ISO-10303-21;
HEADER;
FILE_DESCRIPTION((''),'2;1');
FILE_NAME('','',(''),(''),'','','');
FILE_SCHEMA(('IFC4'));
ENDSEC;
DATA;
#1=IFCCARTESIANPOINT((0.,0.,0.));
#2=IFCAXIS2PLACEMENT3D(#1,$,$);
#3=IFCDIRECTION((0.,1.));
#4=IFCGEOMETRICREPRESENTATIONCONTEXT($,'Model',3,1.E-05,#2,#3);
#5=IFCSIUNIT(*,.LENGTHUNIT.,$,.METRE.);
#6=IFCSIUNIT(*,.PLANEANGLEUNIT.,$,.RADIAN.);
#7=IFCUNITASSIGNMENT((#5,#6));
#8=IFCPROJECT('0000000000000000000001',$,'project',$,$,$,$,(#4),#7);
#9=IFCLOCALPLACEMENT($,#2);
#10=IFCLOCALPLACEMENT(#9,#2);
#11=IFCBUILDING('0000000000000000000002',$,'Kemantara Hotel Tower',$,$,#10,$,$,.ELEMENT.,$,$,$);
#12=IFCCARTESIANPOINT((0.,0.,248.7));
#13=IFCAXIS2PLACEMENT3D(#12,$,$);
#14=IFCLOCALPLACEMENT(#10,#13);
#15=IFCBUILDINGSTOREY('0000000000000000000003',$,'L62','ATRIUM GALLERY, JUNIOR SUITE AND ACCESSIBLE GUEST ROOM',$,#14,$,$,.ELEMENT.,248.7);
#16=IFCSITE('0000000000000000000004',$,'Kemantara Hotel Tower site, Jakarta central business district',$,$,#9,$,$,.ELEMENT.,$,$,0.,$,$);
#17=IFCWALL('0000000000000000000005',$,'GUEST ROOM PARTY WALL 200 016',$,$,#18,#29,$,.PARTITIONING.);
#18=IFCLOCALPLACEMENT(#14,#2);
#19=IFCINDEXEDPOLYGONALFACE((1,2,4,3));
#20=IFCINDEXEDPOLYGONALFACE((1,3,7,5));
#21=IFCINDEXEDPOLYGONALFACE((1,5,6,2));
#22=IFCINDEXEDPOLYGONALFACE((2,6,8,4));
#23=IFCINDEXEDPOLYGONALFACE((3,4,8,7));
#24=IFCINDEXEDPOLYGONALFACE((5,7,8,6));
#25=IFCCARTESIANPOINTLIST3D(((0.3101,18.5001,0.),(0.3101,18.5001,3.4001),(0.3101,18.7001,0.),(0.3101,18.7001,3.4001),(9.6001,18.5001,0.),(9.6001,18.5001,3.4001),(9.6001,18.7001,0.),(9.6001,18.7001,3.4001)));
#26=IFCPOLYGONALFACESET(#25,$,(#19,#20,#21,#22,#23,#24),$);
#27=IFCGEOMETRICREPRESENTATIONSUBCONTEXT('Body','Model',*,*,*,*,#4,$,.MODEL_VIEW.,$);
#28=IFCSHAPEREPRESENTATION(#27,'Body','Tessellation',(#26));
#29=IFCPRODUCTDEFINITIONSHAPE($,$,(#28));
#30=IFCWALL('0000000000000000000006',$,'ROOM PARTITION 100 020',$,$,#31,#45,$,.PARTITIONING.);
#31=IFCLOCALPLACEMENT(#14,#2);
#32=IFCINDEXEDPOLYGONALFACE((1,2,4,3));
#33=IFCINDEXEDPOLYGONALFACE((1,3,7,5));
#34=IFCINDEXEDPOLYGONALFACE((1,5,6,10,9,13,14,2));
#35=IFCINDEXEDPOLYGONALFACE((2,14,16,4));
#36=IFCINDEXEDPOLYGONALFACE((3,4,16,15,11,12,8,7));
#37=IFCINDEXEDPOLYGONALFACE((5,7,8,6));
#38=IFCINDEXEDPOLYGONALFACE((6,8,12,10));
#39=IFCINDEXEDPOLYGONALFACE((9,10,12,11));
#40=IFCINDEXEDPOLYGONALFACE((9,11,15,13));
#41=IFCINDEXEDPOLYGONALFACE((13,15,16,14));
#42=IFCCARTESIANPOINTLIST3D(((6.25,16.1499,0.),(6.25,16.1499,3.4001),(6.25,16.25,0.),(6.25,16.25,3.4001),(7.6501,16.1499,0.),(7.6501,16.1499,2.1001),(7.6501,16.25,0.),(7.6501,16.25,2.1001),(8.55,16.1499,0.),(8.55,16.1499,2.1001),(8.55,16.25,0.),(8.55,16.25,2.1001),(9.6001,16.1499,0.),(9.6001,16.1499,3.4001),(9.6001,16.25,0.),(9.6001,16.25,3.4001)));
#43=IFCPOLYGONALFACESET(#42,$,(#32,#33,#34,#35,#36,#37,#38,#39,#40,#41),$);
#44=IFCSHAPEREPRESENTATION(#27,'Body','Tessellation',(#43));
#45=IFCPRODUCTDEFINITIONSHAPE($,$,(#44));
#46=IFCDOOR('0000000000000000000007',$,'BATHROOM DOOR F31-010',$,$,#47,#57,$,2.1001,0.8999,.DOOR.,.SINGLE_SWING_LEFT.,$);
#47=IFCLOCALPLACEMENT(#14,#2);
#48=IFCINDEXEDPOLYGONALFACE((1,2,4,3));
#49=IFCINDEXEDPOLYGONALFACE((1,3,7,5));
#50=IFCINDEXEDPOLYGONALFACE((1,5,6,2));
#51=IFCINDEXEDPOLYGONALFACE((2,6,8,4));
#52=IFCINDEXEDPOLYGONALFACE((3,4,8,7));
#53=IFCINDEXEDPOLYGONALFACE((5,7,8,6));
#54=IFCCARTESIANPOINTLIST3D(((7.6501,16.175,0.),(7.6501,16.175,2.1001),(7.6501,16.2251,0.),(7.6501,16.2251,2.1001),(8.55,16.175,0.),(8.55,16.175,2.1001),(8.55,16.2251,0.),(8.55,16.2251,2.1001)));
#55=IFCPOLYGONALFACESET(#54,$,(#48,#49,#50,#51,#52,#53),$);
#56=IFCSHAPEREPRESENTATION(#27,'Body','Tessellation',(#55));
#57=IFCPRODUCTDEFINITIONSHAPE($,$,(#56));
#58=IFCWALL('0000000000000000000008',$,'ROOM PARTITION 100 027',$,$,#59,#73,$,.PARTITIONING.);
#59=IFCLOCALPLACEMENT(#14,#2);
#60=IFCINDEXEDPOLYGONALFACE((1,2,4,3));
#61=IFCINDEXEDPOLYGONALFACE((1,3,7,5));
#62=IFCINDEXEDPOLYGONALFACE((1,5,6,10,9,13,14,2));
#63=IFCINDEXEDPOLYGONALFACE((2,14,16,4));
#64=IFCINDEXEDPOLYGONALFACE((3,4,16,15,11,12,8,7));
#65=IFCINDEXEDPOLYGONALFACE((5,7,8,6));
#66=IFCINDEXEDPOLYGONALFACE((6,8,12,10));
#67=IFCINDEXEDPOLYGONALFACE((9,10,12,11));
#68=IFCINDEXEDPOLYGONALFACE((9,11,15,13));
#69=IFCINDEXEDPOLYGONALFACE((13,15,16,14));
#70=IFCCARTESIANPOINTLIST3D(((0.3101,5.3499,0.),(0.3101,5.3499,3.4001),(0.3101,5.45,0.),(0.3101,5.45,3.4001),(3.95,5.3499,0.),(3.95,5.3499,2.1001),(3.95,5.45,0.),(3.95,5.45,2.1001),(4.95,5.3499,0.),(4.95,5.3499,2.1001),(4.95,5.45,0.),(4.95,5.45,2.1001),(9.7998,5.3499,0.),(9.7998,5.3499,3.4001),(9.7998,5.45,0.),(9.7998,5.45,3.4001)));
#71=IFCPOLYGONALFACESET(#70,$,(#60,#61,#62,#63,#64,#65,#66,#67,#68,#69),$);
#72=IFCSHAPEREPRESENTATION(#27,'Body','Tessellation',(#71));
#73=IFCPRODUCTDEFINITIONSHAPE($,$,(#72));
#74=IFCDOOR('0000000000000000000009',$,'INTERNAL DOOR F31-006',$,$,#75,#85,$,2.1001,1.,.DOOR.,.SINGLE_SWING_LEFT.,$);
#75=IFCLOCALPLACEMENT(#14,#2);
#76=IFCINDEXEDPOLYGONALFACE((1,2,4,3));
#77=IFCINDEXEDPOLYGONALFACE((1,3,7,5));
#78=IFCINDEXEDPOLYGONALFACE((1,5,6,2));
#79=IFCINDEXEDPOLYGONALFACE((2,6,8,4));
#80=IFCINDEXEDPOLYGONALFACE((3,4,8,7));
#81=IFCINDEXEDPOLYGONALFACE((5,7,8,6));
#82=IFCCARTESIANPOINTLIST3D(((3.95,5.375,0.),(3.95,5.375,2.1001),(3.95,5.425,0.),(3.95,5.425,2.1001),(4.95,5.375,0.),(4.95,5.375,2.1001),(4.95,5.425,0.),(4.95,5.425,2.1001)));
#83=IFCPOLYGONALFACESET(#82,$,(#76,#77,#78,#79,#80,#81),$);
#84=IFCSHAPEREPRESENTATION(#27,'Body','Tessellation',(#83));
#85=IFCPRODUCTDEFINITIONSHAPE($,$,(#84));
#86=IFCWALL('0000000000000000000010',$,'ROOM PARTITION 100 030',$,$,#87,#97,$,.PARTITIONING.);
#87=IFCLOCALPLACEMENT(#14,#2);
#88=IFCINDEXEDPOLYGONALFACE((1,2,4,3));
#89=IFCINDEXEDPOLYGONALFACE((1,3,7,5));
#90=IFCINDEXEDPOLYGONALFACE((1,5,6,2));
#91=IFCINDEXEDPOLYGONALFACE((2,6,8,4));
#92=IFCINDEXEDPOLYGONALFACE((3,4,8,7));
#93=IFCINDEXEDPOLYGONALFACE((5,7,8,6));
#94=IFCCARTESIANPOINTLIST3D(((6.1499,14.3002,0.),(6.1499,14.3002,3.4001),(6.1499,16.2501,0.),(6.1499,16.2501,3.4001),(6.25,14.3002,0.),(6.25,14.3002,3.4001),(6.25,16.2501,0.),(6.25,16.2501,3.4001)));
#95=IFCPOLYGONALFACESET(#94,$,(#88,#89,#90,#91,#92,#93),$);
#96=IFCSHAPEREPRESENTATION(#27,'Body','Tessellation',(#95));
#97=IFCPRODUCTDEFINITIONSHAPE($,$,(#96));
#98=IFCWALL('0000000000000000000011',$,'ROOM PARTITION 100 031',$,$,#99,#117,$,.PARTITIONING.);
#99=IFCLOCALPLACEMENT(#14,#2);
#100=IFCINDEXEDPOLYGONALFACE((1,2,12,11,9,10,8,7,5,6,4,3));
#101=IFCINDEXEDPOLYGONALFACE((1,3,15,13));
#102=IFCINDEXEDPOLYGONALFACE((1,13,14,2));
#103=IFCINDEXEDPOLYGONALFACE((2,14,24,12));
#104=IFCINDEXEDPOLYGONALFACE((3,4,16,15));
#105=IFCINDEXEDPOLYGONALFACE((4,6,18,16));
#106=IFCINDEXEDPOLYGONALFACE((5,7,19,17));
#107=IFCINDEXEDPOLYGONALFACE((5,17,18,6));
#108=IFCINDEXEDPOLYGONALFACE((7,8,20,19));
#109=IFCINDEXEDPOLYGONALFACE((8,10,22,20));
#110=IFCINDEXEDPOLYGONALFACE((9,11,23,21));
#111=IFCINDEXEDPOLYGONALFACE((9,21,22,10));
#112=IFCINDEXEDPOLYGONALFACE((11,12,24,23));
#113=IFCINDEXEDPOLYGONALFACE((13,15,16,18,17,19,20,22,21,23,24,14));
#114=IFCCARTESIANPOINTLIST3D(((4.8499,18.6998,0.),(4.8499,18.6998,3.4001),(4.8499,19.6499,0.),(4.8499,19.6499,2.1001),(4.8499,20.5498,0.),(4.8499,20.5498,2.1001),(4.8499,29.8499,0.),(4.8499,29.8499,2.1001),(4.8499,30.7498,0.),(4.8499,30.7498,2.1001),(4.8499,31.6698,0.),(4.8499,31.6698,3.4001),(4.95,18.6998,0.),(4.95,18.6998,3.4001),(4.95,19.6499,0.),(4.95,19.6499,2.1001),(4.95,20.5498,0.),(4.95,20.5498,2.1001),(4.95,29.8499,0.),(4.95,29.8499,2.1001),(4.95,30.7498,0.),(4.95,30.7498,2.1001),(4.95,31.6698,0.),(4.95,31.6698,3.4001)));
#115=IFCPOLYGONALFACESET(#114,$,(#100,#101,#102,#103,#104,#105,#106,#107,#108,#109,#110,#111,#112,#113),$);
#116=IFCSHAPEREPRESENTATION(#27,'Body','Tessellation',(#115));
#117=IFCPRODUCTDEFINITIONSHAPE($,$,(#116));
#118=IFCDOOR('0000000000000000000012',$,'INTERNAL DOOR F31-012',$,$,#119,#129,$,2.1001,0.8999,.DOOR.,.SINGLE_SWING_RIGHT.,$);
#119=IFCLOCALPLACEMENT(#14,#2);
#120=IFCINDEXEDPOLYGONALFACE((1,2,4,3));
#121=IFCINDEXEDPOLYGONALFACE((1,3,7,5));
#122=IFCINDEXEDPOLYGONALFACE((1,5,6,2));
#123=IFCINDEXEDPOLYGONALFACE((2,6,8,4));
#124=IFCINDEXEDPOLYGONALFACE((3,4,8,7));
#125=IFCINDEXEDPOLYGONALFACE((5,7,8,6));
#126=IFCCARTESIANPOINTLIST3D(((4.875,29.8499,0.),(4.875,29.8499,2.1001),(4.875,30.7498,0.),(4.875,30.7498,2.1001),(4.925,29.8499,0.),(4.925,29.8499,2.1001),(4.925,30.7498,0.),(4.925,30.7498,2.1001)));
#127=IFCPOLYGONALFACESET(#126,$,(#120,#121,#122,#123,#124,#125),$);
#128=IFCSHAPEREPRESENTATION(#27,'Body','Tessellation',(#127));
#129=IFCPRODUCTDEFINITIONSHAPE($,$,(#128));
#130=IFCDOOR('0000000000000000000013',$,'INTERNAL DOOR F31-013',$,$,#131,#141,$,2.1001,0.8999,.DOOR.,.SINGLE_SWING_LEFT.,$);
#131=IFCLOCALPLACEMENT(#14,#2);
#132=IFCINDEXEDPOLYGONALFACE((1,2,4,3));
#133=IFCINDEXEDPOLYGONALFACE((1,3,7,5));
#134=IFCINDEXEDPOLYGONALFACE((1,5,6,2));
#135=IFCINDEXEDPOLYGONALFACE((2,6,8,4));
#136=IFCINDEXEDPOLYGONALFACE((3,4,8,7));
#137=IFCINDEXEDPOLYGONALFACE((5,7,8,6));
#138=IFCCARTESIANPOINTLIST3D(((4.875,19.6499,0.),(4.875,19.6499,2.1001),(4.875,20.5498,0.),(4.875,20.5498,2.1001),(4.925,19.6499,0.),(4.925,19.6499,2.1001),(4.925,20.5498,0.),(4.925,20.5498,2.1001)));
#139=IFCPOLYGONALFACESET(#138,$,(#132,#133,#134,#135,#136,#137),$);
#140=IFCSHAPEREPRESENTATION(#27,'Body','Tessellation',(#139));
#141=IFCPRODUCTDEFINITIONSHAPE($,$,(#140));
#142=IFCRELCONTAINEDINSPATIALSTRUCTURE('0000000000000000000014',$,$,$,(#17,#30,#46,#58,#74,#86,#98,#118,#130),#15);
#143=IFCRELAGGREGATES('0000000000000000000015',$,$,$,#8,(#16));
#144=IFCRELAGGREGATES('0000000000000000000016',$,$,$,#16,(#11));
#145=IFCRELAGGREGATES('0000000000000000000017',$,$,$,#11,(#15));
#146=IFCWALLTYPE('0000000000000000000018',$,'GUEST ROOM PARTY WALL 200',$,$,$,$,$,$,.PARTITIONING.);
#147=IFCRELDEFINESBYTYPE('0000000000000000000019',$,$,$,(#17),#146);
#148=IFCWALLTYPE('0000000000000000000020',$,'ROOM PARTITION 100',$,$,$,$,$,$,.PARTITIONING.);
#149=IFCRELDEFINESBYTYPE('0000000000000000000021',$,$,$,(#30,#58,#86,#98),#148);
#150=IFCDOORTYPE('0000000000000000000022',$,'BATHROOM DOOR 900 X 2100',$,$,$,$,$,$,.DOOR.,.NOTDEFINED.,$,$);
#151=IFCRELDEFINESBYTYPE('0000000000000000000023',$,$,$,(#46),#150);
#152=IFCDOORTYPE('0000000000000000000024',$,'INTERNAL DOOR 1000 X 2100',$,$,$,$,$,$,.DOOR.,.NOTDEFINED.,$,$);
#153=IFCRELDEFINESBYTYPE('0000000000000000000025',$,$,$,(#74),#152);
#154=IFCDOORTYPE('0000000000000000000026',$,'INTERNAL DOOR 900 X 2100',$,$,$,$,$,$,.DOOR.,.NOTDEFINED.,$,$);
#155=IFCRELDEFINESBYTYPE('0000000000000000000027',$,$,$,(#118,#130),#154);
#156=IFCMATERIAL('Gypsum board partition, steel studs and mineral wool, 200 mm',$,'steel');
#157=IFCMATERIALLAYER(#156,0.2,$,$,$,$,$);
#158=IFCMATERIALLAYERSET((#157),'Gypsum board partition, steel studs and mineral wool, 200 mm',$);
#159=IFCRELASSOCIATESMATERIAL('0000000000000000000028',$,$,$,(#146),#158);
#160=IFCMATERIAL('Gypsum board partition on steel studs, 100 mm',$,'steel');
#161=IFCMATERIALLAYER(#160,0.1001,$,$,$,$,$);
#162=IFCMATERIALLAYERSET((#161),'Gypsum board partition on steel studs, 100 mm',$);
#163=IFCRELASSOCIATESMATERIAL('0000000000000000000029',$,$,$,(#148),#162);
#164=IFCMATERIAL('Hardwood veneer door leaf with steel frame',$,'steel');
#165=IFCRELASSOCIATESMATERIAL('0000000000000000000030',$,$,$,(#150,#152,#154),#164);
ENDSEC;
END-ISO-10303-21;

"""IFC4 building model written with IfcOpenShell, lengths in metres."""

from ifc_helpers import new_model, si_unit, direction, frame, frame_2d, origin, place, context, subcontext, project, spatial, rectangle, extrude, material, layer, layer_set, type_object, element, fill, save


model = new_model("IFC4")

# Units and contexts
model_context = context("Model", 3, precision=1e-05, world=origin(), true_north=direction((0.0, 1.0)))
body_context = subcontext(model_context, "Body", "Model", "MODEL_VIEW")
ifc_project = project(units=[si_unit("LENGTHUNIT", "METRE"), si_unit("PLANEANGLEUNIT", "RADIAN")], contexts=[model_context])

# Site, building, storey
site_placement = place(None, origin())
site = spatial("IfcSite", under=ifc_project, at=site_placement, Name="Kemantara Hotel Tower site, Jakarta central business district", CompositionType="ELEMENT", RefElevation=0.0)
building_placement = place(site_placement, origin())
building = spatial("IfcBuilding", under=site, at=building_placement, Name="Kemantara Hotel Tower", CompositionType="ELEMENT")
storey_placement = place(building_placement, frame((0.0, 0.0, 248.7)))
storey = spatial("IfcBuildingStorey", under=building, at=storey_placement, Name="L62", Description="ATRIUM GALLERY, JUNIOR SUITE AND ACCESSIBLE GUEST ROOM", CompositionType="ELEMENT", Elevation=248.7)

# Shared definitions
ifc_material_1 = material(Name="Gypsum board partition, steel studs and mineral wool, 200 mm", Category="steel")
ifc_material_2 = material(Name="Hardwood veneer door leaf with steel frame", Category="steel")

# Wall
ifc_layer_1 = layer(ifc_material_1, 0.2)
ifc_layer_set_1 = layer_set([ifc_layer_1], Name="Gypsum board partition, steel studs and mineral wool, 200 mm")
wall_type_1 = type_object("IfcWallType", Name="GUEST ROOM PARTY WALL 200", PredefinedType="PARTITIONING", material=ifc_layer_set_1)
for number, where, z_axis, x_axis, name in (
    (1, (0.3101, 18.6001, 0.0), (0.0, 0.0, 1.0), (1.0, 0.0, 0.0), "GUEST ROOM PARTY WALL 200 016"),
):
    element("IfcWall", number, at=place(storey_placement, frame(where, z_axis=z_axis, x_axis=x_axis)), inside=storey, type_object=wall_type_1, Name=name, PredefinedType="PARTITIONING", context=body_context, shape_type="SweptSolid", body=[
        extrude(rectangle(XDim=9.29, YDim=0.2, at=frame_2d((4.645, 0.0))), origin(), (0.0, 0.0, 1.0), 3.4001),
    ])

# Walls, openings, doors
ifc_material_3 = material(Name="Gypsum board partition on steel studs, 100 mm", Category="steel")
ifc_layer_2 = layer(ifc_material_3, 0.1001)
ifc_layer_set_2 = layer_set([ifc_layer_2], Name="Gypsum board partition on steel studs, 100 mm")
wall_type_2 = type_object("IfcWallType", Name="ROOM PARTITION 100", PredefinedType="PARTITIONING", material=ifc_layer_set_2)
wall_1_placement = place(storey_placement, frame((9.6001, 16.2, 0.0), z_axis=(0.0, 0.0, 1.0), x_axis=(-1.0, 0.0, 0.0)))
wall_1 = element("IfcWall", 2, at=wall_1_placement, inside=storey, type_object=wall_type_2, Name="ROOM PARTITION 100 020", PredefinedType="PARTITIONING", context=body_context, shape_type="SweptSolid", body=[
    extrude(rectangle(XDim=3.3501, YDim=0.1001, at=frame_2d((1.675, 0.0))), origin(), (0.0, 0.0, 1.0), 3.4001),
])
opening_1_placement = place(wall_1_placement, frame((1.05, 0.0, 0.0)))
opening_1 = element("IfcOpeningElement", 3, at=opening_1_placement, cuts=wall_1, PredefinedType="OPENING", context=body_context, shape_type="SweptSolid", body=[
    extrude(rectangle(XDim=0.8999, YDim=2.1001, at=frame_2d((0.45, 1.05))), frame((0.0, 0.0601, 0.0), z_axis=(0.0, -1.0, 0.0), x_axis=(1.0, 0.0, 0.0)), (0.0, 0.0, 1.0), 0.1201),
])
door_type_1 = type_object("IfcDoorType", Name="BATHROOM DOOR 900 X 2100", OperationType="NOTDEFINED", PredefinedType="DOOR", material=ifc_material_2)
door_1_placement = place(opening_1_placement, origin())
door_1 = element("IfcDoor", 4, at=door_1_placement, inside=storey, type_object=door_type_1, Name="BATHROOM DOOR F31-010", OperationType="SINGLE_SWING_LEFT", OverallHeight=2.1001, OverallWidth=0.8999, PredefinedType="DOOR", context=body_context, shape_type="SweptSolid", body=[
    extrude(rectangle(XDim=0.8999, YDim=2.1001, at=frame_2d((0.45, 1.05))), frame((0.0, 0.0249, 0.0), z_axis=(0.0, -1.0, 0.0), x_axis=(1.0, 0.0, 0.0)), (0.0, 0.0, 1.0), 0.05),
])
fill(opening_1, door_1)
wall_2_placement = place(storey_placement, frame((9.7998, 5.3999, 0.0), z_axis=(0.0, 0.0, 1.0), x_axis=(-1.0, 0.0, 0.0)))
wall_2 = element("IfcWall", 5, at=wall_2_placement, inside=storey, type_object=wall_type_2, Name="ROOM PARTITION 100 027", PredefinedType="PARTITIONING", context=body_context, shape_type="SweptSolid", body=[
    extrude(rectangle(XDim=9.4897, YDim=0.1001, at=frame_2d((4.7449, 0.0))), origin(), (0.0, 0.0, 1.0), 3.4001),
])
opening_2_placement = place(wall_2_placement, frame((4.8499, 0.0, 0.0)))
opening_2 = element("IfcOpeningElement", 6, at=opening_2_placement, cuts=wall_2, PredefinedType="OPENING", context=body_context, shape_type="SweptSolid", body=[
    extrude(rectangle(XDim=1.0, YDim=2.1001, at=frame_2d((0.5, 1.05))), frame((0.0, 0.0601, 0.0), z_axis=(0.0, -1.0, 0.0), x_axis=(1.0, 0.0, 0.0)), (0.0, 0.0, 1.0), 0.1201),
])
door_type_2 = type_object("IfcDoorType", Name="INTERNAL DOOR 1000 X 2100", OperationType="NOTDEFINED", PredefinedType="DOOR", material=ifc_material_2)
door_2_placement = place(opening_2_placement, origin())
door_2 = element("IfcDoor", 7, at=door_2_placement, inside=storey, type_object=door_type_2, Name="INTERNAL DOOR F31-006", OperationType="SINGLE_SWING_LEFT", OverallHeight=2.1001, OverallWidth=1.0, PredefinedType="DOOR", context=body_context, shape_type="SweptSolid", body=[
    extrude(rectangle(XDim=1.0, YDim=2.1001, at=frame_2d((0.5, 1.05))), frame((0.0, 0.0249, 0.0), z_axis=(0.0, -1.0, 0.0), x_axis=(1.0, 0.0, 0.0)), (0.0, 0.0, 1.0), 0.05),
])
fill(opening_2, door_2)

# Wall
wall_3_placement = place(storey_placement, frame((6.2, 14.3, 0.0), z_axis=(0.0, 0.0, 1.0), x_axis=(0.0, 1.0, 0.0)))
element("IfcWall", 8, at=wall_3_placement, inside=storey, type_object=wall_type_2, Name="ROOM PARTITION 100 030", PredefinedType="PARTITIONING", context=body_context, shape_type="SweptSolid", body=[
    extrude(rectangle(XDim=1.95, YDim=0.1001, at=frame_2d((0.9751, 0.0))), origin(), (0.0, 0.0, 1.0), 3.4001),
])

# Wall, openings, doors
wall_4_placement = place(storey_placement, frame((4.8999, 18.7, 0.0), z_axis=(0.0, 0.0, 1.0), x_axis=(0.0, 1.0, 0.0)))
wall_4 = element("IfcWall", 9, at=wall_4_placement, inside=storey, type_object=wall_type_2, Name="ROOM PARTITION 100 031", PredefinedType="PARTITIONING", context=body_context, shape_type="SweptSolid", body=[
    extrude(rectangle(XDim=12.97, YDim=0.1001, at=frame_2d((6.4849, 0.0))), origin(), (0.0, 0.0, 1.0), 3.4001),
])
opening_3_placement = place(wall_4_placement, frame((11.1499, 0.0, 0.0)))
opening_3 = element("IfcOpeningElement", 10, at=opening_3_placement, cuts=wall_4, PredefinedType="OPENING", context=body_context, shape_type="SweptSolid", body=[
    extrude(rectangle(XDim=0.8999, YDim=2.1001, at=frame_2d((0.45, 1.05))), frame((0.0, 0.0601, 0.0), z_axis=(0.0, -1.0, 0.0), x_axis=(1.0, 0.0, 0.0)), (0.0, 0.0, 1.0), 0.1201),
])
opening_4_placement = place(wall_4_placement, frame((0.95, 0.0, 0.0)))
opening_4 = element("IfcOpeningElement", 11, at=opening_4_placement, cuts=wall_4, PredefinedType="OPENING", context=body_context, shape_type="SweptSolid", body=[
    extrude(rectangle(XDim=0.8999, YDim=2.1001, at=frame_2d((0.45, 1.05))), frame((0.0, 0.0601, 0.0), z_axis=(0.0, -1.0, 0.0), x_axis=(1.0, 0.0, 0.0)), (0.0, 0.0, 1.0), 0.1201),
])
door_type_3 = type_object("IfcDoorType", Name="INTERNAL DOOR 900 X 2100", OperationType="NOTDEFINED", PredefinedType="DOOR", material=ifc_material_2)
door_3_placement = place(opening_3_placement, origin())
door_3 = element("IfcDoor", 12, at=door_3_placement, inside=storey, type_object=door_type_3, Name="INTERNAL DOOR F31-012", OperationType="SINGLE_SWING_RIGHT", OverallHeight=2.1001, OverallWidth=0.8999, PredefinedType="DOOR", context=body_context, shape_type="SweptSolid", body=[
    extrude(rectangle(XDim=0.8999, YDim=2.1001, at=frame_2d((0.45, 1.05))), frame((0.0, 0.0249, 0.0), z_axis=(0.0, -1.0, 0.0), x_axis=(1.0, 0.0, 0.0)), (0.0, 0.0, 1.0), 0.05),
])
fill(opening_3, door_3)
door_4_placement = place(opening_4_placement, origin())
door_4 = element("IfcDoor", 13, at=door_4_placement, inside=storey, type_object=door_type_3, Name="INTERNAL DOOR F31-013", OperationType="SINGLE_SWING_LEFT", OverallHeight=2.1001, OverallWidth=0.8999, PredefinedType="DOOR", context=body_context, shape_type="SweptSolid", body=[
    extrude(rectangle(XDim=0.8999, YDim=2.1001, at=frame_2d((0.45, 1.05))), frame((0.0, 0.0249, 0.0), z_axis=(0.0, -1.0, 0.0), x_axis=(1.0, 0.0, 0.0)), (0.0, 0.0, 1.0), 0.05),
])
fill(opening_4, door_4)

save(model, "model.ifc")
